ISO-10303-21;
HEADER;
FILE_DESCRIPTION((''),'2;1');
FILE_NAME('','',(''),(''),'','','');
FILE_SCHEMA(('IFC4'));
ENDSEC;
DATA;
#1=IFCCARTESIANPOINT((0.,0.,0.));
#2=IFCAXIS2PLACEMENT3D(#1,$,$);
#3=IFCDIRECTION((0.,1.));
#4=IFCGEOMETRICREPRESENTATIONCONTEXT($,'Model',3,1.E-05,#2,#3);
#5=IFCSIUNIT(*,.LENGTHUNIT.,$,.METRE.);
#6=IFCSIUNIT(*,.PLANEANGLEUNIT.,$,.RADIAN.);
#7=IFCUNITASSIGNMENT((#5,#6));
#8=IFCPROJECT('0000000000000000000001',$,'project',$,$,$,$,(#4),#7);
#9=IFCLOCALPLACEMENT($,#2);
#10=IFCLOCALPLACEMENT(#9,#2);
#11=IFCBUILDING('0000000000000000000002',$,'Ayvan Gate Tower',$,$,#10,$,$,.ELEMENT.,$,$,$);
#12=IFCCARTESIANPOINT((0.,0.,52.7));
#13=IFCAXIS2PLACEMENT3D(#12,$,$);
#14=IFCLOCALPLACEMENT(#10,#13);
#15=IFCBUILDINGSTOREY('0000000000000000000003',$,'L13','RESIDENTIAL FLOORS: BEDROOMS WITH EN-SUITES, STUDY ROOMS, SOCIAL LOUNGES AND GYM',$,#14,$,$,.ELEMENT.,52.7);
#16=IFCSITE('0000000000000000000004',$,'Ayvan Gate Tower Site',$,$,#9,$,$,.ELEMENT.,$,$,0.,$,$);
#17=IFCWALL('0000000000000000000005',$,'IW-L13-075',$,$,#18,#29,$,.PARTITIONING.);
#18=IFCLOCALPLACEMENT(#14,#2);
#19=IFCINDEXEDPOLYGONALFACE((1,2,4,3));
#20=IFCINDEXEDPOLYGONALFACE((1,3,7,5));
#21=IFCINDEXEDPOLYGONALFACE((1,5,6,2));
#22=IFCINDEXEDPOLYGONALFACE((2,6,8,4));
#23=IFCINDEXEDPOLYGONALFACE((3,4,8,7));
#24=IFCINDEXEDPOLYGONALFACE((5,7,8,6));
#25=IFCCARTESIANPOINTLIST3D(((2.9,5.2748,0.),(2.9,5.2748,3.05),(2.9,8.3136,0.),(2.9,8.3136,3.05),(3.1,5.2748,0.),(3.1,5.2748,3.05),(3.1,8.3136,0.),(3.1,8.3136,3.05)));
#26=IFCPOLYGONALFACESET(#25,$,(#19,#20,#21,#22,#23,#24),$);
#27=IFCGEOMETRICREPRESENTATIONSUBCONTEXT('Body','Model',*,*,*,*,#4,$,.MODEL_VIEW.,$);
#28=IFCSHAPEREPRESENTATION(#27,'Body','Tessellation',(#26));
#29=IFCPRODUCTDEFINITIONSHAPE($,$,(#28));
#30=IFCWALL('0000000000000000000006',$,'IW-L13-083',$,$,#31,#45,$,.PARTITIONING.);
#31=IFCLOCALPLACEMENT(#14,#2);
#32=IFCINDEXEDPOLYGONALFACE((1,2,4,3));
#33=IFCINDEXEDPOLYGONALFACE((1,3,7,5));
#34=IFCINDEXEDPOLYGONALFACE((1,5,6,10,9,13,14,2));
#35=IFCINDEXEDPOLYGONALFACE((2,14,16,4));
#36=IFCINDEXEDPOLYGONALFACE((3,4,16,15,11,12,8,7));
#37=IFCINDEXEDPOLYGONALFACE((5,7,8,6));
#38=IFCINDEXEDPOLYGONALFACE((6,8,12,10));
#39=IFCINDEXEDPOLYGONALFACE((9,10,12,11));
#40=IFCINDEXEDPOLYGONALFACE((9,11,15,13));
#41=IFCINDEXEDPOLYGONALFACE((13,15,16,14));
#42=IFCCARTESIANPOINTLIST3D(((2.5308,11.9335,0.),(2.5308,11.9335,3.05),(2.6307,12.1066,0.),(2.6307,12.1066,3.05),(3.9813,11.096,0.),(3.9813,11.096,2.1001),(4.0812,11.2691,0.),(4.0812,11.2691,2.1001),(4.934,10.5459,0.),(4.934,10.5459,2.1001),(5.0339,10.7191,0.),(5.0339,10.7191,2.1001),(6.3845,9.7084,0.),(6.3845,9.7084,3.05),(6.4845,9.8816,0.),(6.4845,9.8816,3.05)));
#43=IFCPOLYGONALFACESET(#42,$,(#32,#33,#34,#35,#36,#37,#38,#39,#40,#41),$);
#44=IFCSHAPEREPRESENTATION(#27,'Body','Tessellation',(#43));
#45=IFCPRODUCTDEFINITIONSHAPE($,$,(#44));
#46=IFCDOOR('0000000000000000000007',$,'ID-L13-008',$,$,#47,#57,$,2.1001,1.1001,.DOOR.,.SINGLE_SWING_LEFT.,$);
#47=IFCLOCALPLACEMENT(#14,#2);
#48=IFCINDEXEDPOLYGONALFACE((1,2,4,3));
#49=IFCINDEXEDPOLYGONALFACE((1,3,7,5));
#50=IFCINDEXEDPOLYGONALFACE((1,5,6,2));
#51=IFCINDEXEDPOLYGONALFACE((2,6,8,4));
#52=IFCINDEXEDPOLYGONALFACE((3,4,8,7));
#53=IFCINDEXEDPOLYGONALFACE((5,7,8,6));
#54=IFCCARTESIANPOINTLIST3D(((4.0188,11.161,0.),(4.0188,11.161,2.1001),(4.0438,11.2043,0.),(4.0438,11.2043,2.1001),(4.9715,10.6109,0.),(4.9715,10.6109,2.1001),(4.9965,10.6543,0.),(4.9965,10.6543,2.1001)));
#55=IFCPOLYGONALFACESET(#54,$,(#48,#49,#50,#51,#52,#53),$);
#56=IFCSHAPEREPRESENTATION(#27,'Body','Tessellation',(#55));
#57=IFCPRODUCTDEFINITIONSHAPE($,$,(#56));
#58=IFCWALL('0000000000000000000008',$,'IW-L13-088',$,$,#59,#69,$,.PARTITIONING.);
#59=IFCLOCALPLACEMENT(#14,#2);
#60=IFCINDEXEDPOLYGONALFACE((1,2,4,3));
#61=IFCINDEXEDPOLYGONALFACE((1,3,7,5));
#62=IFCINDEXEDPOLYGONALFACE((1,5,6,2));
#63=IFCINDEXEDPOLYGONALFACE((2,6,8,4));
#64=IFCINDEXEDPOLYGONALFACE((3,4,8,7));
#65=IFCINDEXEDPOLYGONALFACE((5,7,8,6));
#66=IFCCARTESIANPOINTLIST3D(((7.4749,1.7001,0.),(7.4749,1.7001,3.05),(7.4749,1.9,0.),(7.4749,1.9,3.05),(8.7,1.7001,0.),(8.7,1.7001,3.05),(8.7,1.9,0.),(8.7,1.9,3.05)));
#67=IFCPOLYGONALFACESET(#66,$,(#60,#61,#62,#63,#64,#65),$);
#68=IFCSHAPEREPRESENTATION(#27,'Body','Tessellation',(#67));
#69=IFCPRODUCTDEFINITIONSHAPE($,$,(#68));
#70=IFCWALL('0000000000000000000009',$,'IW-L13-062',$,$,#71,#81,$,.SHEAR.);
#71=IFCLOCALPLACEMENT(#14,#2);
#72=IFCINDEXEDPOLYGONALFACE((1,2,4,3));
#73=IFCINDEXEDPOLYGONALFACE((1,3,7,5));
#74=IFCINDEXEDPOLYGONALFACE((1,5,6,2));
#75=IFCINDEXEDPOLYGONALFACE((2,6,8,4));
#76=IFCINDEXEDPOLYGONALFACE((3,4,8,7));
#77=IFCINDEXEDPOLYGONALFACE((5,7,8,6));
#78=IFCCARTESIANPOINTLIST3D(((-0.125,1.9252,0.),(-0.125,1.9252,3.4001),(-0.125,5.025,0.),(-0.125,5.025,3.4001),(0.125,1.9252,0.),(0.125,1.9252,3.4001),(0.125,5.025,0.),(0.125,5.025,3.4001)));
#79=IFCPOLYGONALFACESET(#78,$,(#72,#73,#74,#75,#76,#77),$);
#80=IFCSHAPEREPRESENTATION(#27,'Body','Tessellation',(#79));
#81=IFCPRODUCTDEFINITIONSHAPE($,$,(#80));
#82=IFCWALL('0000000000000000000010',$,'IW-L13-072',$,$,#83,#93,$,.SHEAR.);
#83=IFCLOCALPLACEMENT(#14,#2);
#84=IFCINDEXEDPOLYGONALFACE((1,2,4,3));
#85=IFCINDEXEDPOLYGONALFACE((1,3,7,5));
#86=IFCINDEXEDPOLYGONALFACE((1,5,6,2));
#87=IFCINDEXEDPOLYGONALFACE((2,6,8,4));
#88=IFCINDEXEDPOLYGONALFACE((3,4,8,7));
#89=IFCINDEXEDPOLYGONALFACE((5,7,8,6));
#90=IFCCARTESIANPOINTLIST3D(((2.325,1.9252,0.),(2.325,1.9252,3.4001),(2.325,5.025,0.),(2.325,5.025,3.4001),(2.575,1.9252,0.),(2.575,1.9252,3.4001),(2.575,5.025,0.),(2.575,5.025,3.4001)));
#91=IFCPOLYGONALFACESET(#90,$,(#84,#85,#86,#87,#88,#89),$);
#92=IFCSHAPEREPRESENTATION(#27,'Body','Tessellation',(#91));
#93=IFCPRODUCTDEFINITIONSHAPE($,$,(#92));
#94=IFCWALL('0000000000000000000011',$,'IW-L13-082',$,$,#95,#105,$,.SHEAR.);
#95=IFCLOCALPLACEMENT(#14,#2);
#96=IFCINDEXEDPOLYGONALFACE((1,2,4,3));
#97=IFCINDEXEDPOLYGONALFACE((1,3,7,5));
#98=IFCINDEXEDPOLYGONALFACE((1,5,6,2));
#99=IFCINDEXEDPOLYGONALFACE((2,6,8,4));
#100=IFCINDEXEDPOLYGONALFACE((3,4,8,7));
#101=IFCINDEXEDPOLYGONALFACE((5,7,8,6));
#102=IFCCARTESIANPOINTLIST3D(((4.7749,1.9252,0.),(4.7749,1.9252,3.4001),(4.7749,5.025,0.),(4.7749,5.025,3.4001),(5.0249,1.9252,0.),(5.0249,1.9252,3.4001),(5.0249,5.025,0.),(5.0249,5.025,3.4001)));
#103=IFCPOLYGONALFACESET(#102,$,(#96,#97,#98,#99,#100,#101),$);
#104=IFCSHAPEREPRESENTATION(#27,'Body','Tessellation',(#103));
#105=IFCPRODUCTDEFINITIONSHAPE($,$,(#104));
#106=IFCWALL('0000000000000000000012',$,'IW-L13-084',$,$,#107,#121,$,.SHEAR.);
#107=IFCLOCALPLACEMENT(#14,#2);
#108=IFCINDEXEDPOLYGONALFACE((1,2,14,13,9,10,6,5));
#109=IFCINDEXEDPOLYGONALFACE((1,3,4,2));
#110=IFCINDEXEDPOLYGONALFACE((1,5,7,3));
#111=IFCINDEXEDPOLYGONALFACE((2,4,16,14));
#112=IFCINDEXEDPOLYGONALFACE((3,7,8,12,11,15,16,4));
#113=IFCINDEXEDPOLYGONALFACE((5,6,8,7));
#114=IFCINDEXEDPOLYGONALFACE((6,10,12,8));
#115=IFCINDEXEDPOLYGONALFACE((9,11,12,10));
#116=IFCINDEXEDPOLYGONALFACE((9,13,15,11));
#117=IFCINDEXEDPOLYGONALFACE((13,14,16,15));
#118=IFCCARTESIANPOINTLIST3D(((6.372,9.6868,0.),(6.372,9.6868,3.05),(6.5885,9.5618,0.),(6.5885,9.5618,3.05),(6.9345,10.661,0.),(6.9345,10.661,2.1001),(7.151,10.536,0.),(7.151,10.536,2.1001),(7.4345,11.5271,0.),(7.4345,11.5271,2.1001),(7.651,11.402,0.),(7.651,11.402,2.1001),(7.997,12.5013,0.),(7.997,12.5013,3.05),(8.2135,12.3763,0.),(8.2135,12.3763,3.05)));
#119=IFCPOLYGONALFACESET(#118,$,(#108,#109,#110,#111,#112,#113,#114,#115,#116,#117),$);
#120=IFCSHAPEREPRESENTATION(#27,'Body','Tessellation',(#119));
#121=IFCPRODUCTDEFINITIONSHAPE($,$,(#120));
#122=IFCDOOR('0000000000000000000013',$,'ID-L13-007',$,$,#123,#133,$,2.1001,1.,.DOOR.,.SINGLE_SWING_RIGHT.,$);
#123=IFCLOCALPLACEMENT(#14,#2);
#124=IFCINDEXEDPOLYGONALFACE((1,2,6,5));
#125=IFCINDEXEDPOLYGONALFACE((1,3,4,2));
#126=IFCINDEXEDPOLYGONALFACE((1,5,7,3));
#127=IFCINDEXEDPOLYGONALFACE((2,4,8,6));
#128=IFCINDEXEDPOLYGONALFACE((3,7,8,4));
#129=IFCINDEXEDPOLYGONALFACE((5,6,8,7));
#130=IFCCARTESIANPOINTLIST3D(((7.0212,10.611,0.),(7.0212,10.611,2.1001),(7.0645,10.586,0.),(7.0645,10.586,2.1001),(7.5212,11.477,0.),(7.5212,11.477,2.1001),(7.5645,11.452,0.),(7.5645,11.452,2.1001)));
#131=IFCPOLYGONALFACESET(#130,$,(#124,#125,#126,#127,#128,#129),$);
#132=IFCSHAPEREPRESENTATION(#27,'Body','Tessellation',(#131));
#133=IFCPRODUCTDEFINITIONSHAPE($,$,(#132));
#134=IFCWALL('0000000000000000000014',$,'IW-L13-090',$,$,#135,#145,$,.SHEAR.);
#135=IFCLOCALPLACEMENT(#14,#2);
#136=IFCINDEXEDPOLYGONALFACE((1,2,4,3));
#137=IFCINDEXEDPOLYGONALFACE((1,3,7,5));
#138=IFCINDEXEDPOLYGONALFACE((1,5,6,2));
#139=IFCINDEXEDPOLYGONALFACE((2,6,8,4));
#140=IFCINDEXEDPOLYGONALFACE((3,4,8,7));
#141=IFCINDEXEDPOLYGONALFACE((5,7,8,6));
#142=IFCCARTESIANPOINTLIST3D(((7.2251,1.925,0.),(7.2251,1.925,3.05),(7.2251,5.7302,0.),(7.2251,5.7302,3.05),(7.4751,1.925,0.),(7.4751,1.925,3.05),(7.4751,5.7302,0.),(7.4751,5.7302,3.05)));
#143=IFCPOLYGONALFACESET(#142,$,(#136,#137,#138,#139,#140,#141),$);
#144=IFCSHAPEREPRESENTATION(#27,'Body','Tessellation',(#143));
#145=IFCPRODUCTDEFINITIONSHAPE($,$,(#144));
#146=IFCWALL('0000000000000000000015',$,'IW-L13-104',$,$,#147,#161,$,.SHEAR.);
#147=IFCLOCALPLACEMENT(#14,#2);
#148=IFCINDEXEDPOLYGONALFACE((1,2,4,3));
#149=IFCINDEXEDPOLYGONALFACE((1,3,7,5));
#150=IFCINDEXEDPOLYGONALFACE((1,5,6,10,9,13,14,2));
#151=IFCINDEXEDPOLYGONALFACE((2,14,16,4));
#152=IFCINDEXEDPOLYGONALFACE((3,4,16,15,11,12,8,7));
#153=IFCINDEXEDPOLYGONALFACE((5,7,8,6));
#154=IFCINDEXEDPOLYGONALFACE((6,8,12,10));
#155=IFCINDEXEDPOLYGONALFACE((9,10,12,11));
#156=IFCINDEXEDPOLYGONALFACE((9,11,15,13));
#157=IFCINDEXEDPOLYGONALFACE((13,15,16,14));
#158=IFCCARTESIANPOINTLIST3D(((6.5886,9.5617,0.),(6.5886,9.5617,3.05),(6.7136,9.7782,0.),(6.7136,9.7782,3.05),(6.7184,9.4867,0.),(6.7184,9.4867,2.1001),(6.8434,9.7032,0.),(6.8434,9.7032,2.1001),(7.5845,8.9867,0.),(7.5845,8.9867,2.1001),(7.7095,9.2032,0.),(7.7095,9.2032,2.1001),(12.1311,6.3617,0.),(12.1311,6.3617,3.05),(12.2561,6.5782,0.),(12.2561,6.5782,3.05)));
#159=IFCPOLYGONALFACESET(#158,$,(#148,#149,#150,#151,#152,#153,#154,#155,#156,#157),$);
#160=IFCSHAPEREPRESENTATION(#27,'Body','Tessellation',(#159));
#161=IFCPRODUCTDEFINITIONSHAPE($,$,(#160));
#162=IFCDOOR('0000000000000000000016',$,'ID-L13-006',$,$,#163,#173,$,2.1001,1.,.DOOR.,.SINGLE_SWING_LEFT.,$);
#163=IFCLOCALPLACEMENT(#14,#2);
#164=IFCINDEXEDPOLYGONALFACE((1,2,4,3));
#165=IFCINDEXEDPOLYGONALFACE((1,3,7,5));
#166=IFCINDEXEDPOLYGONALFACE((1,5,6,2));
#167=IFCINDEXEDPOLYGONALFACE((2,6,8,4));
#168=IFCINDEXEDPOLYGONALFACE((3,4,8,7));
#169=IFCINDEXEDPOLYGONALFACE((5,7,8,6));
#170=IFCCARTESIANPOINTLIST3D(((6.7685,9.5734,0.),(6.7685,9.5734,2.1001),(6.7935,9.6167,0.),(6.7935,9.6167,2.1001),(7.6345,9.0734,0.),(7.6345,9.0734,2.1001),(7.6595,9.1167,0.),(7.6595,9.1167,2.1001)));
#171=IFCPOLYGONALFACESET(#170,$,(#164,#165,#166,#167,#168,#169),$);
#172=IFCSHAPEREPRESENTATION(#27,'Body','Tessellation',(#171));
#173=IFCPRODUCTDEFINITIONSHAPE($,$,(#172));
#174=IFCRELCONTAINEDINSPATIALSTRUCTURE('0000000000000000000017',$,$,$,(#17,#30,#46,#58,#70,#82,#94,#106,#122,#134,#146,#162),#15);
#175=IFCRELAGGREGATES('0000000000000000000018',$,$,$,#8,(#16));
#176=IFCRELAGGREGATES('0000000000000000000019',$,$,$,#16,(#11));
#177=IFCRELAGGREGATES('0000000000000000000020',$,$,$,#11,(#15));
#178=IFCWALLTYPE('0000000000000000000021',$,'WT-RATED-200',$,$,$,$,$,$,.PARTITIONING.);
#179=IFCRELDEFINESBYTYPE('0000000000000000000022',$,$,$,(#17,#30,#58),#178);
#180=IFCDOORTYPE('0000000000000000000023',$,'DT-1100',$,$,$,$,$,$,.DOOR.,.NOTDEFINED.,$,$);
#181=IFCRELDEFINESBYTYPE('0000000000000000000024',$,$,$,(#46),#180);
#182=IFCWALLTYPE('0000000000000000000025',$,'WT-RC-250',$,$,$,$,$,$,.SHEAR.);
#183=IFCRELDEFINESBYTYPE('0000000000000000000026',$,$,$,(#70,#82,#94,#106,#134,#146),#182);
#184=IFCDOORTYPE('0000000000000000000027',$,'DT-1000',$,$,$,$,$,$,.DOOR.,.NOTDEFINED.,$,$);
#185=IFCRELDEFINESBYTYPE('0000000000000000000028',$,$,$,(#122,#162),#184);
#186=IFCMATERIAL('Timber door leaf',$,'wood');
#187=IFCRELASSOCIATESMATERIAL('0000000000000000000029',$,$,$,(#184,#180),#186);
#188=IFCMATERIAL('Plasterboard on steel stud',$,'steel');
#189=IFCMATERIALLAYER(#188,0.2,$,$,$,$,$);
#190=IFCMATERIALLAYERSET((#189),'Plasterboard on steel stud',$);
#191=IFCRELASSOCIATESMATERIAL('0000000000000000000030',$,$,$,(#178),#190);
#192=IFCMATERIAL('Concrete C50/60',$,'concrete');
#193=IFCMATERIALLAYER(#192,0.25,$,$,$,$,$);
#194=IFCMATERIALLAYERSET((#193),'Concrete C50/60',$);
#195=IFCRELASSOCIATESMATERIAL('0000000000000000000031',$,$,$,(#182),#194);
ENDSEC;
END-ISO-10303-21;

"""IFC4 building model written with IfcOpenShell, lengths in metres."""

from ifc_helpers import new_model, si_unit, direction, frame, frame_2d, origin, place, context, subcontext, project, spatial, rectangle, extrude, material, layer, layer_set, type_object, element, fill, save


model = new_model("IFC4")

# Units and contexts
model_context = context("Model", 3, precision=1e-05, world=origin(), true_north=direction((0.0, 1.0)))
body_context = subcontext(model_context, "Body", "Model", "MODEL_VIEW")
ifc_project = project(units=[si_unit("LENGTHUNIT", "METRE"), si_unit("PLANEANGLEUNIT", "RADIAN")], contexts=[model_context])

# Site, building, storey
site_placement = place(None, origin())
site = spatial("IfcSite", under=ifc_project, at=site_placement, Name="Ayvan Gate Tower Site", CompositionType="ELEMENT", RefElevation=0.0)
building_placement = place(site_placement, origin())
building = spatial("IfcBuilding", under=site, at=building_placement, Name="Ayvan Gate Tower", CompositionType="ELEMENT")
storey_placement = place(building_placement, frame((0.0, 0.0, 52.7)))
storey = spatial("IfcBuildingStorey", under=building, at=storey_placement, Name="L13", Description="RESIDENTIAL FLOORS: BEDROOMS WITH EN-SUITES, STUDY ROOMS, SOCIAL LOUNGES AND GYM", CompositionType="ELEMENT", Elevation=52.7)

# Shared definitions
ifc_material_1 = material(Name="Timber door leaf", Category="wood")

# Shared definitions
ifc_material_2 = material(Name="Plasterboard on steel stud", Category="steel")
door_type_1 = type_object("IfcDoorType", Name="DT-1000", OperationType="NOTDEFINED", PredefinedType="DOOR", material=ifc_material_1)

# Wall
ifc_layer_1 = layer(ifc_material_2, 0.2)
ifc_layer_set_1 = layer_set([ifc_layer_1], Name="Plasterboard on steel stud")
wall_type_1 = type_object("IfcWallType", Name="WT-RATED-200", PredefinedType="PARTITIONING", material=ifc_layer_set_1)
wall_1_placement = place(storey_placement, frame((3.0, 8.3137, 0.0), z_axis=(0.0, 0.0, 1.0), x_axis=(0.0, -1.0, 0.0)))
element("IfcWall", 1, at=wall_1_placement, inside=storey, type_object=wall_type_1, Name="IW-L13-075", PredefinedType="PARTITIONING", context=body_context, shape_type="SweptSolid", body=[
    extrude(rectangle(XDim=3.0388, YDim=0.2, at=frame_2d((1.5195, 0.0))), origin(), (0.0, 0.0, 1.0), 3.05),
])

# Wall, opening, door
wall_2_placement = place(storey_placement, frame((6.4346, 9.7949, 0.0), z_axis=(0.0, 0.0, 1.0), x_axis=(-0.866013, 0.500022, 0.0)))
wall_2 = element("IfcWall", 2, at=wall_2_placement, inside=storey, type_object=wall_type_1, Name="IW-L13-083", PredefinedType="PARTITIONING", context=body_context, shape_type="SweptSolid", body=[
    extrude(rectangle(XDim=4.45, YDim=0.2, at=frame_2d((2.2251, 0.0))), origin(), (0.0, 0.0, 1.0), 3.05),
])
opening_1_placement = place(wall_2_placement, frame((1.675, 0.0, 0.0)))
opening_1 = element("IfcOpeningElement", 3, at=opening_1_placement, cuts=wall_2, PredefinedType="OPENING", context=body_context, shape_type="SweptSolid", body=[
    extrude(rectangle(XDim=1.1001, YDim=2.1001, at=frame_2d((0.55, 1.05))), frame((0.0, 0.1099, 0.0), z_axis=(0.0, -1.0, 0.0), x_axis=(1.0, 0.0, 0.0)), (0.0, 0.0, 1.0), 0.22),
])
door_type_2 = type_object("IfcDoorType", Name="DT-1100", OperationType="NOTDEFINED", PredefinedType="DOOR", material=ifc_material_1)
door_1_placement = place(opening_1_placement, origin())
door_1 = element("IfcDoor", 4, at=door_1_placement, inside=storey, type_object=door_type_2, Name="ID-L13-008", OperationType="SINGLE_SWING_LEFT", OverallHeight=2.1001, OverallWidth=1.1001, PredefinedType="DOOR", context=body_context, shape_type="SweptSolid", body=[
    extrude(rectangle(XDim=1.1001, YDim=2.1001, at=frame_2d((0.55, 1.05))), frame((0.0, 0.0249, 0.0), z_axis=(0.0, -1.0, 0.0), x_axis=(1.0, 0.0, 0.0)), (0.0, 0.0, 1.0), 0.05),
])
fill(opening_1, door_1)

# Walls
wall_3_placement = place(storey_placement, frame((7.4749, 1.8, 0.0), z_axis=(0.0, 0.0, 1.0), x_axis=(1.0, 0.0, 0.0)))
element("IfcWall", 5, at=wall_3_placement, inside=storey, type_object=wall_type_1, Name="IW-L13-088", PredefinedType="PARTITIONING", context=body_context, shape_type="SweptSolid", body=[
    extrude(rectangle(XDim=1.2251, YDim=0.2, at=frame_2d((0.6125, 0.0))), origin(), (0.0, 0.0, 1.0), 3.05),
])
ifc_material_3 = material(Name="Concrete C50/60", Category="concrete")
ifc_layer_2 = layer(ifc_material_3, 0.25)
ifc_layer_set_2 = layer_set([ifc_layer_2], Name="Concrete C50/60")
wall_type_2 = type_object("IfcWallType", Name="WT-RC-250", PredefinedType="SHEAR", material=ifc_layer_set_2)
for number, where, z_axis, x_axis, name in (
    (6, (0.0, 5.0249, 0.0), (0.0, 0.0, 1.0), (0.0, -1.0, 0.0), "IW-L13-062"),
    (7, (2.45, 5.0249, 0.0), (0.0, 0.0, 1.0), (0.0, -1.0, 0.0), "IW-L13-072"),
    (8, (4.8999, 5.0249, 0.0), (0.0, 0.0, 1.0), (0.0, -1.0, 0.0), "IW-L13-082"),
):
    element("IfcWall", number, at=place(storey_placement, frame(where, z_axis=z_axis, x_axis=x_axis)), inside=storey, type_object=wall_type_2, Name=name, PredefinedType="SHEAR", context=body_context, shape_type="SweptSolid", body=[
        extrude(rectangle(XDim=3.0999, YDim=0.25, at=frame_2d((1.5498, 0.0))), origin(), (0.0, 0.0, 1.0), 3.4001),
    ])

# Wall, opening, door
wall_4_placement = place(storey_placement, frame((6.4802, 9.6243, 0.0), z_axis=(0.0, 0.0, 1.0), x_axis=(0.500017, 0.866015, 0.0)))
wall_4 = element("IfcWall", 9, at=wall_4_placement, inside=storey, type_object=wall_type_2, Name="IW-L13-084", PredefinedType="SHEAR", context=body_context, shape_type="SweptSolid", body=[
    extrude(rectangle(XDim=3.25, YDim=0.25, at=frame_2d((1.625, 0.0))), origin(), (0.0, 0.0, 1.0), 3.05),
])
opening_2_placement = place(wall_4_placement, frame((1.125, 0.0, 0.0)))
opening_2 = element("IfcOpeningElement", 10, at=opening_2_placement, cuts=wall_4, PredefinedType="OPENING", context=body_context, shape_type="SweptSolid", body=[
    extrude(rectangle(XDim=1.0, YDim=2.1001, at=frame_2d((0.5, 1.05))), frame((0.0, 0.135, 0.0), z_axis=(0.0, -1.0, 0.0), x_axis=(1.0, 0.0, 0.0)), (0.0, 0.0, 1.0), 0.27),
])
door_2_placement = place(opening_2_placement, origin())
door_2 = element("IfcDoor", 11, at=door_2_placement, inside=storey, type_object=door_type_1, Name="ID-L13-007", OperationType="SINGLE_SWING_RIGHT", OverallHeight=2.1001, OverallWidth=1.0, PredefinedType="DOOR", context=body_context, shape_type="SweptSolid", body=[
    extrude(rectangle(XDim=1.0, YDim=2.1001, at=frame_2d((0.5, 1.05))), frame((0.0, 0.0249, 0.0), z_axis=(0.0, -1.0, 0.0), x_axis=(1.0, 0.0, 0.0)), (0.0, 0.0, 1.0), 0.05),
])
fill(opening_2, door_2)

# Wall
wall_5_placement = place(storey_placement, frame((7.3501, 5.7302, 0.0), z_axis=(0.0, 0.0, 1.0), x_axis=(0.0, -1.0, 0.0)))
element("IfcWall", 12, at=wall_5_placement, inside=storey, type_object=wall_type_2, Name="IW-L13-090", PredefinedType="SHEAR", context=body_context, shape_type="SweptSolid", body=[
    extrude(rectangle(XDim=3.8052, YDim=0.25, at=frame_2d((1.9026, 0.0))), origin(), (0.0, 0.0, 1.0), 3.05),
])

# Wall, opening, door
wall_6_placement = place(storey_placement, frame((12.1936, 6.47, 0.0), z_axis=(0.0, 0.0, 1.0), x_axis=(-0.866025, 0.5, 0.0)))
wall_6 = element("IfcWall", 13, at=wall_6_placement, inside=storey, type_object=wall_type_2, Name="IW-L13-104", PredefinedType="SHEAR", context=body_context, shape_type="SweptSolid", body=[
    extrude(rectangle(XDim=6.3999, YDim=0.25, at=frame_2d((3.2, 0.0))), origin(), (0.0, 0.0, 1.0), 3.05),
])
opening_3_placement = place(wall_6_placement, frame((5.25, 0.0, 0.0)))
opening_3 = element("IfcOpeningElement", 14, at=opening_3_placement, cuts=wall_6, PredefinedType="OPENING", context=body_context, shape_type="SweptSolid", body=[
    extrude(rectangle(XDim=1.0, YDim=2.1001, at=frame_2d((0.5, 1.05))), frame((0.0, 0.135, 0.0), z_axis=(0.0, -1.0, 0.0), x_axis=(1.0, 0.0, 0.0)), (0.0, 0.0, 1.0), 0.27),
])
door_3_placement = place(opening_3_placement, origin())
door_3 = element("IfcDoor", 15, at=door_3_placement, inside=storey, type_object=door_type_1, Name="ID-L13-006", OperationType="SINGLE_SWING_LEFT", OverallHeight=2.1001, OverallWidth=1.0, PredefinedType="DOOR", context=body_context, shape_type="SweptSolid", body=[
    extrude(rectangle(XDim=1.0, YDim=2.1001, at=frame_2d((0.5, 1.05))), frame((0.0, 0.0249, 0.0), z_axis=(0.0, -1.0, 0.0), x_axis=(1.0, 0.0, 0.0)), (0.0, 0.0, 1.0), 0.05),
])
fill(opening_3, door_3)

save(model, "model.ifc")
